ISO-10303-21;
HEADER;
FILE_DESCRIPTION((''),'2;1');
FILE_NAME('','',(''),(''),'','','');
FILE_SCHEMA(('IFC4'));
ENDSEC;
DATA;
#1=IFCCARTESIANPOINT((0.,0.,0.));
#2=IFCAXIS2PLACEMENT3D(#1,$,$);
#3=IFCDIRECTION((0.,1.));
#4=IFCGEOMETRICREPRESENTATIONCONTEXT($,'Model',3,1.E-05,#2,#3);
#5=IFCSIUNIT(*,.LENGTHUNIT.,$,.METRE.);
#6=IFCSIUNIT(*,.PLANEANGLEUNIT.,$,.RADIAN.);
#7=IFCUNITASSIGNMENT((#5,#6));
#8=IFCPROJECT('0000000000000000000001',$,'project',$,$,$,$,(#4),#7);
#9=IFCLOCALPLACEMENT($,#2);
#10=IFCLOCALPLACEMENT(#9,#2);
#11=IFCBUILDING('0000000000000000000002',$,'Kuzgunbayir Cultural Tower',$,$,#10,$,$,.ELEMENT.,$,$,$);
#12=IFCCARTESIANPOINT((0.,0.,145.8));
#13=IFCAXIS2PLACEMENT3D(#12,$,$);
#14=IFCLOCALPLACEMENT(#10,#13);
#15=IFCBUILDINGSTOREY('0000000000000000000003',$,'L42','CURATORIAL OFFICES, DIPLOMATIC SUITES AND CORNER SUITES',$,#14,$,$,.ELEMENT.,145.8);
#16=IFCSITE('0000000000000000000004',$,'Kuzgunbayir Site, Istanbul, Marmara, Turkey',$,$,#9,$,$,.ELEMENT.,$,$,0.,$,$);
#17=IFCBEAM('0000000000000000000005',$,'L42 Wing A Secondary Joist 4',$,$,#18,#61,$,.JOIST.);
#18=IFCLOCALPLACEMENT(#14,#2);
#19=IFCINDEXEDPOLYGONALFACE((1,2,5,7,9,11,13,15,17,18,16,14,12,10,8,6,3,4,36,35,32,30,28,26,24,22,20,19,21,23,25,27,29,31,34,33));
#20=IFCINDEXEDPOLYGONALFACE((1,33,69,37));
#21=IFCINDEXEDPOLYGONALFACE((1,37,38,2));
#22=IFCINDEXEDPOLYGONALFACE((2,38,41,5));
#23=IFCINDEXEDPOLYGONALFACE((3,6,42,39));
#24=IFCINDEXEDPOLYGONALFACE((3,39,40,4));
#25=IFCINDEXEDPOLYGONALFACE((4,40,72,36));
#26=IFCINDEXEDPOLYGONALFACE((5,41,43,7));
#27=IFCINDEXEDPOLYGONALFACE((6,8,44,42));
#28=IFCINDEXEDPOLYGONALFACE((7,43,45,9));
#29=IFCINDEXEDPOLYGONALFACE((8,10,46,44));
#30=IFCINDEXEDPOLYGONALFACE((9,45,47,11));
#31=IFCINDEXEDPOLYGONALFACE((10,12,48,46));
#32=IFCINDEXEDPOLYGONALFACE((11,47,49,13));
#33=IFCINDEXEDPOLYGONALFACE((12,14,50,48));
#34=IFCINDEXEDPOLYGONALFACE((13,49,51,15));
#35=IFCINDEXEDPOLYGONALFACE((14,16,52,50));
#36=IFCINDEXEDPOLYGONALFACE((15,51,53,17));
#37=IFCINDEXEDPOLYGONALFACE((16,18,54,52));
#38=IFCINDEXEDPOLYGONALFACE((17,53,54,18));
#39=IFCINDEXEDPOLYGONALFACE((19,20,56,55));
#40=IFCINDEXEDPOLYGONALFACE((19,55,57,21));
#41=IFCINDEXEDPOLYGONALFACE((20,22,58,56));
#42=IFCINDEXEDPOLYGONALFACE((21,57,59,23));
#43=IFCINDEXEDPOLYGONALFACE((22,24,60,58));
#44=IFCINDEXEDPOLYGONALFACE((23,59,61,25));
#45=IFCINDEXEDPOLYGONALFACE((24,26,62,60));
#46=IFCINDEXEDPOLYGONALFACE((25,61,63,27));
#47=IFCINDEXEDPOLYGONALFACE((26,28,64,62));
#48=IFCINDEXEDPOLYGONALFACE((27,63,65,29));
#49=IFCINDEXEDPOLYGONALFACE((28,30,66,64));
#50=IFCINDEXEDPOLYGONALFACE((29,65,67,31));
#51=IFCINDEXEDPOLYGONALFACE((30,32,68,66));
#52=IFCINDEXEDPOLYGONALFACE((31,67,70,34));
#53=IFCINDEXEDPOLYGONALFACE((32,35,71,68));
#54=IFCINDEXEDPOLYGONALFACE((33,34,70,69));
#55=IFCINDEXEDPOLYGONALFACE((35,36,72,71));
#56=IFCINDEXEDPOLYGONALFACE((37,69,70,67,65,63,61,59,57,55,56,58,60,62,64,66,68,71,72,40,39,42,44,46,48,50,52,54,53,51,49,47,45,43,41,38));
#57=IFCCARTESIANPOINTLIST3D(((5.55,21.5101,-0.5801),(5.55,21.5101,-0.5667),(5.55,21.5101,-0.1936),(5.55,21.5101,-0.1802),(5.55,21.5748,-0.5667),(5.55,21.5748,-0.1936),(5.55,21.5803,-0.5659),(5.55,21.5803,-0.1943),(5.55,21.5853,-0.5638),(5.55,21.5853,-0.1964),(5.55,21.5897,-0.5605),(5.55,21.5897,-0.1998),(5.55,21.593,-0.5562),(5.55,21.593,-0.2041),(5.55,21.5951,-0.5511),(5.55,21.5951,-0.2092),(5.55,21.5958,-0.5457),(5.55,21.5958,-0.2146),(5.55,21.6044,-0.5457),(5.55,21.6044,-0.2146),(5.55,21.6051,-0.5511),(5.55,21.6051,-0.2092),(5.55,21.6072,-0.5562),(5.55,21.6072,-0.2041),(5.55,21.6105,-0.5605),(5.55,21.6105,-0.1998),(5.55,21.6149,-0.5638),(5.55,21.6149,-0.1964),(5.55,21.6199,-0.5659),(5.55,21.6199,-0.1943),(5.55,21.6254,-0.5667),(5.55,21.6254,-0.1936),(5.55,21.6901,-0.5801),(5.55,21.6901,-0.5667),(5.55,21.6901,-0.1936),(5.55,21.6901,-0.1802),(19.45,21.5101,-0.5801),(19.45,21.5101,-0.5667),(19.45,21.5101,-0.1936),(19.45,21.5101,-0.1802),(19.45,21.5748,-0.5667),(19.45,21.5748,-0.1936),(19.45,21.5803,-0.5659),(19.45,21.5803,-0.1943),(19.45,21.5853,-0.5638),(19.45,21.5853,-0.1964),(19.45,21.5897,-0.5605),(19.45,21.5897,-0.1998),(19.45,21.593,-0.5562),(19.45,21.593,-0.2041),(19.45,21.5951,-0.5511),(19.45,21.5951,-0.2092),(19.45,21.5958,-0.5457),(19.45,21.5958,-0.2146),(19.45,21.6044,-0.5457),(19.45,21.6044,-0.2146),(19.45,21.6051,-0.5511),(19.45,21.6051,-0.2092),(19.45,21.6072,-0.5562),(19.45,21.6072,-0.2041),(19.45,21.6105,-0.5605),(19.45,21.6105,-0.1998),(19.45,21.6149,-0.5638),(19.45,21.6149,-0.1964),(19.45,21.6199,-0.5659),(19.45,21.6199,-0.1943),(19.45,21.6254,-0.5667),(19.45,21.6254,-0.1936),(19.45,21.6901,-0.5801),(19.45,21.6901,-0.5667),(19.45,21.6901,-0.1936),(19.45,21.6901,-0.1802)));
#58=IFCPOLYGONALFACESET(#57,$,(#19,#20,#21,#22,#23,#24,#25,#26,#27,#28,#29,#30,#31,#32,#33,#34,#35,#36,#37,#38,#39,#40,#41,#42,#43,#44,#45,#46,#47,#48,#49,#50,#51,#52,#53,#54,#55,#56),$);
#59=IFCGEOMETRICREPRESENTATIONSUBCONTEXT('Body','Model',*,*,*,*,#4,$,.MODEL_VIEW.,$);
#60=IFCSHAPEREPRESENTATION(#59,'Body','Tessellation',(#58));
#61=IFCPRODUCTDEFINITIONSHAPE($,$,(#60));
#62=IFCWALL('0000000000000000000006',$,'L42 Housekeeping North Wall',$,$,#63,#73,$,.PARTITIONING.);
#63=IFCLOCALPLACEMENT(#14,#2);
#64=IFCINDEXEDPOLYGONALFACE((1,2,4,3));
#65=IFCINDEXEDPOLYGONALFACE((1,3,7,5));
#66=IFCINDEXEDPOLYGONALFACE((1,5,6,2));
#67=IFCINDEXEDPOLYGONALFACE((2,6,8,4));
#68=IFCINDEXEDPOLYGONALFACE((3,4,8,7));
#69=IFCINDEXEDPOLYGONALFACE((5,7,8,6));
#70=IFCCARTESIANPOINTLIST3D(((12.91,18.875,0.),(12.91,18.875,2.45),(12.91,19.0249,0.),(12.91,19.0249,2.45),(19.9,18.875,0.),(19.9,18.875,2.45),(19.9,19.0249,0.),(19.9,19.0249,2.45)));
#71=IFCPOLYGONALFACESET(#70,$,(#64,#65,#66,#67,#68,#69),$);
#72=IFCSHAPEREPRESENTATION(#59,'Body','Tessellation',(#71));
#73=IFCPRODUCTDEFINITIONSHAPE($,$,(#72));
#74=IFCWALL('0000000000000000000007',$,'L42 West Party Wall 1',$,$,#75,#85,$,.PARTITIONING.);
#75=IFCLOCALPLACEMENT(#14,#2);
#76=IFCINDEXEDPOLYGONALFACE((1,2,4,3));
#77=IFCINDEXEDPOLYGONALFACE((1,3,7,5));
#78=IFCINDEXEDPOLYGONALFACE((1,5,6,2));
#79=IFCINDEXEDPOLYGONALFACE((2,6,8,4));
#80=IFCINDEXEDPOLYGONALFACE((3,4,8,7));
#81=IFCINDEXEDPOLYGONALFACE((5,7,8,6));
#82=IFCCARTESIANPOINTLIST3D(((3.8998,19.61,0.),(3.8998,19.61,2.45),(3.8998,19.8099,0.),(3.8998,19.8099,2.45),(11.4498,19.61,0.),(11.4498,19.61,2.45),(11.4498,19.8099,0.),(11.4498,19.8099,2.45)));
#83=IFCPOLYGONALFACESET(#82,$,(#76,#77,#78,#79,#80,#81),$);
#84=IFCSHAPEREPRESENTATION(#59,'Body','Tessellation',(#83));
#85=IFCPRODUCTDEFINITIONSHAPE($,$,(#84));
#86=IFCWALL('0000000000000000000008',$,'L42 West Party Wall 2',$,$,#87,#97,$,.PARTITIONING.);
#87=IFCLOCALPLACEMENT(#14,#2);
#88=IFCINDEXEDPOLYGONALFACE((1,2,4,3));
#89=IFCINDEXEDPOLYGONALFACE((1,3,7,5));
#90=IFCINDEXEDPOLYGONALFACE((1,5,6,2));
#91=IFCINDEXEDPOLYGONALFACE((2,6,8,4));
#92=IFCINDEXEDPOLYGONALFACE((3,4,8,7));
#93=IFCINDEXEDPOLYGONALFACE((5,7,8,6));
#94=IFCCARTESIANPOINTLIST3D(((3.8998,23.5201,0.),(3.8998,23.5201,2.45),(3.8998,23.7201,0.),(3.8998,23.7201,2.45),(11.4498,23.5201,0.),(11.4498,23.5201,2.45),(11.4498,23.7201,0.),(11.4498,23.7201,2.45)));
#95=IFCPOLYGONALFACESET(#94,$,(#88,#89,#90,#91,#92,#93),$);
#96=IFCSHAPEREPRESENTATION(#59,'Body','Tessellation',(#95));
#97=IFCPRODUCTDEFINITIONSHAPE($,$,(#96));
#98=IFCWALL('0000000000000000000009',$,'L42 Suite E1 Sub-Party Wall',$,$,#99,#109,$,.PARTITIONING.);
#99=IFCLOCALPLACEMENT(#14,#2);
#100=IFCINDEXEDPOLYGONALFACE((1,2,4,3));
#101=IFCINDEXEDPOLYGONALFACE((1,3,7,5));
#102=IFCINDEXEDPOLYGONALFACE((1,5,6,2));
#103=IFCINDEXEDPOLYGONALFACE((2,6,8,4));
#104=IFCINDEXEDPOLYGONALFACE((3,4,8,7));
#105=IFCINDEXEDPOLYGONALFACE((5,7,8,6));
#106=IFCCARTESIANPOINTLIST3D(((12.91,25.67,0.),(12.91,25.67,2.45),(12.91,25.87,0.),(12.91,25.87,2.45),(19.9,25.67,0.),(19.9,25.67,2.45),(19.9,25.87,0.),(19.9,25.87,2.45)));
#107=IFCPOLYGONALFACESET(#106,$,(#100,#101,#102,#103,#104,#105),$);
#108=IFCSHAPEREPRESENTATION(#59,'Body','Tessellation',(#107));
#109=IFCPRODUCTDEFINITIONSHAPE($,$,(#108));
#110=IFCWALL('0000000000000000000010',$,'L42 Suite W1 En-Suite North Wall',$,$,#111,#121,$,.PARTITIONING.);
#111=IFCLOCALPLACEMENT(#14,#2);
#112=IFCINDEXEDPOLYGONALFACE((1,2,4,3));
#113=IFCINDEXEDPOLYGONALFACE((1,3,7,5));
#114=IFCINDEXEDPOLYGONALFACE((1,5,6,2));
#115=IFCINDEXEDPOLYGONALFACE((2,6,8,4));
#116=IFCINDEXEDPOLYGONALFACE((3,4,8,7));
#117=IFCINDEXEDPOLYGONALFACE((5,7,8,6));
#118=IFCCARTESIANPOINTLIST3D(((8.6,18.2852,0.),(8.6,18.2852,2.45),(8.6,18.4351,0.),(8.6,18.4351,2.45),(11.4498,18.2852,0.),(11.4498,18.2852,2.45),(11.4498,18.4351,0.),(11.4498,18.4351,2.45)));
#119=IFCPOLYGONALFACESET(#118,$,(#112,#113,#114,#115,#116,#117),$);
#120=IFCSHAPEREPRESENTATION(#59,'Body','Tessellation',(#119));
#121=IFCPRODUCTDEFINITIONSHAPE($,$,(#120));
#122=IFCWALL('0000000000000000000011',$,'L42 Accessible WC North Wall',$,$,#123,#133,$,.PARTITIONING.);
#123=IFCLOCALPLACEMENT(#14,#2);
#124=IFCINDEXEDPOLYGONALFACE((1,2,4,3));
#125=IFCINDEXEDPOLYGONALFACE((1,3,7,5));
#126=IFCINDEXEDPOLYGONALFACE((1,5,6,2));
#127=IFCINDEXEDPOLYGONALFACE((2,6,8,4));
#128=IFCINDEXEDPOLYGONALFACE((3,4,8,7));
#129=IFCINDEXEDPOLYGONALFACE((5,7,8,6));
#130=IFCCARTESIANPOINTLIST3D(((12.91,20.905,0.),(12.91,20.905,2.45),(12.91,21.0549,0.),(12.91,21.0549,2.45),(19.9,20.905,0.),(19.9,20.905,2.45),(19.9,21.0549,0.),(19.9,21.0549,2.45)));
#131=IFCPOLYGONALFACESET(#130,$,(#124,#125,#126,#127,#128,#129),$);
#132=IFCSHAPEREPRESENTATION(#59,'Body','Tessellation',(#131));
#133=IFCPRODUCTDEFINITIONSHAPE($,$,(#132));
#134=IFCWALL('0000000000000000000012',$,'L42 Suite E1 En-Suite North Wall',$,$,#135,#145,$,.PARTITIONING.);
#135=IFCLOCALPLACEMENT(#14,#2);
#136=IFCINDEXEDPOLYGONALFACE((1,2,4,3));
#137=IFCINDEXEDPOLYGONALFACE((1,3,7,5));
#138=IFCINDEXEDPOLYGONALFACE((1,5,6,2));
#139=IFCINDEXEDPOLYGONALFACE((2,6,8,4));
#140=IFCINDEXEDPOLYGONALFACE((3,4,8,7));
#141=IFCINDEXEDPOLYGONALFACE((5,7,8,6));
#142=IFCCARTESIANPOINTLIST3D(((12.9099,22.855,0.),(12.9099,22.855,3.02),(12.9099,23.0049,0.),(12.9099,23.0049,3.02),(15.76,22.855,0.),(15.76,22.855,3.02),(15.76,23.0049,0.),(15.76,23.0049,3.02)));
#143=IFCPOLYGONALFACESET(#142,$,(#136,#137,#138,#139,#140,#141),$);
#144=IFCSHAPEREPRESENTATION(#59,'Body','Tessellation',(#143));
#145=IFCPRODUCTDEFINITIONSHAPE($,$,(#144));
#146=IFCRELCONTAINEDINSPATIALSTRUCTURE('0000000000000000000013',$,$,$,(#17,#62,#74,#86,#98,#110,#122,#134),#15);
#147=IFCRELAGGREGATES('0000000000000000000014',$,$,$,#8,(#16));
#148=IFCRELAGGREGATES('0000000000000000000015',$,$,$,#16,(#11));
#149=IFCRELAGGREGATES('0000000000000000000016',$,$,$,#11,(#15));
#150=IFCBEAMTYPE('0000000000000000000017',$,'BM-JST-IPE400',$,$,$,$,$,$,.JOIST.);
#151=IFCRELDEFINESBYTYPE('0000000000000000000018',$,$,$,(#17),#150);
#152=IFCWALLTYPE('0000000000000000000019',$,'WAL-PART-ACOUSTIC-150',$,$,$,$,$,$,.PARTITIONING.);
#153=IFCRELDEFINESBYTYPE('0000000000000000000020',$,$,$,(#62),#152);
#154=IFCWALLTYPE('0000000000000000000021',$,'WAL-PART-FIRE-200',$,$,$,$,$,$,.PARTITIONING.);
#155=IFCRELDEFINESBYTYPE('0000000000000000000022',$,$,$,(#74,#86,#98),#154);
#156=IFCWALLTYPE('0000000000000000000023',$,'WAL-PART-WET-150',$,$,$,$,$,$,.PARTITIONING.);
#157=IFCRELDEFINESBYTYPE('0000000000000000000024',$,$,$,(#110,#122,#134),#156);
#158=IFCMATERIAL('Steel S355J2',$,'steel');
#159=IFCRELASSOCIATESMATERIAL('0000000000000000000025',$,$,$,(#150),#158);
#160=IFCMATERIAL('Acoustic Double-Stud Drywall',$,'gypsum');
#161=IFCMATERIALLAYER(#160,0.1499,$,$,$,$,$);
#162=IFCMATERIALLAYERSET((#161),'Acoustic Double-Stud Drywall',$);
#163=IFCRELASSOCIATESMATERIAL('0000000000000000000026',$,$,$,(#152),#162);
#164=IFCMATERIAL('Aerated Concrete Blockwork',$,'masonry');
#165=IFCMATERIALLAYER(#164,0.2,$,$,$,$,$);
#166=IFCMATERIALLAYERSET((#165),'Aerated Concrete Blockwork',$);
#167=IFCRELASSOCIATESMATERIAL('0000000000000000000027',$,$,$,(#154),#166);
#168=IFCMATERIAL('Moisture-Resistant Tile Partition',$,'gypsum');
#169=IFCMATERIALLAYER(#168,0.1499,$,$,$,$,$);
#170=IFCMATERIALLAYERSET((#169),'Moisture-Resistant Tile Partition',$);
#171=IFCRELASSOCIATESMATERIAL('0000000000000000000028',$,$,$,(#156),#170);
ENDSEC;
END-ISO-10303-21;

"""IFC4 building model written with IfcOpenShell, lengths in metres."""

from ifc_helpers import new_model, si_unit, direction, frame, frame_2d, origin, origin_2d, place, context, subcontext, project, spatial, rectangle, i_section, extrude, material, layer, layer_set, material_profile, profile_set, type_object, element, save


model = new_model("IFC4")

# Units and contexts
model_context = context("Model", 3, precision=1e-05, world=origin(), true_north=direction((0.0, 1.0)))
body_context = subcontext(model_context, "Body", "Model", "MODEL_VIEW")
ifc_project = project(units=[si_unit("LENGTHUNIT", "METRE"), si_unit("PLANEANGLEUNIT", "RADIAN")], contexts=[model_context])

# Site, building, storey
site_placement = place(None, origin())
site = spatial("IfcSite", under=ifc_project, at=site_placement, Name="Kuzgunbayir Site, Istanbul, Marmara, Turkey", CompositionType="ELEMENT", RefElevation=0.0)
building_placement = place(site_placement, origin())
building = spatial("IfcBuilding", under=site, at=building_placement, Name="Kuzgunbayir Cultural Tower", CompositionType="ELEMENT")
storey_placement = place(building_placement, frame((0.0, 0.0, 145.8)))
storey = spatial("IfcBuildingStorey", under=building, at=storey_placement, Name="L42", Description="CURATORIAL OFFICES, DIPLOMATIC SUITES AND CORNER SUITES", CompositionType="ELEMENT", Elevation=145.8)

# Beam
ifc_material_1 = material(Name="Steel S355J2", Category="steel")
ifc_material_profile_1 = material_profile(ifc_material_1, i_section(OverallWidth=0.1799, OverallDepth=0.3999, WebThickness=0.0085, FlangeThickness=0.0134, FilletRadius=0.021, at=origin_2d()), Name="IPE 400")
ifc_profile_set_1 = profile_set([ifc_material_profile_1], Name="Steel S355J2")
beam_type_1 = type_object("IfcBeamType", Name="BM-JST-IPE400", PredefinedType="JOIST", material=ifc_profile_set_1)
for number, where, z_axis, x_axis, name in (
    (1, (5.55, 21.6001, -0.3801), (1.0, 0.0, 0.0), (0.0, 1.0, 0.0), "L42 Wing A Secondary Joist 4"),
):
    element("IfcBeam", number, at=place(storey_placement, frame(where, z_axis=z_axis, x_axis=x_axis)), inside=storey, type_object=beam_type_1, Name=name, PredefinedType="JOIST", context=body_context, shape_type="SweptSolid", body=[
        extrude(i_section(OverallWidth=0.1799, OverallDepth=0.3999, WebThickness=0.0085, FlangeThickness=0.0134, FilletRadius=0.021, at=origin_2d()), origin(), (0.0, 0.0, 1.0), 13.8999),
    ])

# Wall
ifc_material_2 = material(Name="Acoustic Double-Stud Drywall", Category="gypsum")
ifc_layer_1 = layer(ifc_material_2, 0.1499)
ifc_layer_set_1 = layer_set([ifc_layer_1], Name="Acoustic Double-Stud Drywall")
wall_type_1 = type_object("IfcWallType", Name="WAL-PART-ACOUSTIC-150", PredefinedType="PARTITIONING", material=ifc_layer_set_1)
wall_1_placement = place(storey_placement, frame((12.9099, 18.95, 0.0), z_axis=(0.0, 0.0, 1.0), x_axis=(1.0, 0.0, 0.0)))
element("IfcWall", 2, at=wall_1_placement, inside=storey, type_object=wall_type_1, Name="L42 Housekeeping North Wall", PredefinedType="PARTITIONING", context=body_context, shape_type="SweptSolid", body=[
    extrude(rectangle(XDim=6.99, YDim=0.1499, at=frame_2d((3.4951, 0.0))), origin(), (0.0, 0.0, 1.0), 2.45),
])

# Shared definitions
ifc_material_3 = material(Name="Aerated Concrete Blockwork", Category="masonry")
ifc_layer_2 = layer(ifc_material_3, 0.2)
ifc_layer_set_2 = layer_set([ifc_layer_2], Name="Aerated Concrete Blockwork")
wall_type_2 = type_object("IfcWallType", Name="WAL-PART-FIRE-200", PredefinedType="PARTITIONING", material=ifc_layer_set_2)

# Walls
for number, where, z_axis, x_axis, name in (
    (3, (3.8999, 19.71, 0.0), (0.0, 0.0, 1.0), (1.0, 0.0, 0.0), "L42 West Party Wall 1"),
    (4, (3.8999, 23.6201, 0.0), (0.0, 0.0, 1.0), (1.0, 0.0, 0.0), "L42 West Party Wall 2"),
):
    element("IfcWall", number, at=place(storey_placement, frame(where, z_axis=z_axis, x_axis=x_axis)), inside=storey, type_object=wall_type_2, Name=name, PredefinedType="PARTITIONING", context=body_context, shape_type="SweptSolid", body=[
        extrude(rectangle(XDim=7.55, YDim=0.2, at=frame_2d((3.7749, 0.0))), origin(), (0.0, 0.0, 1.0), 2.45),
    ])
wall_2_placement = place(storey_placement, frame((12.9099, 25.77, 0.0), z_axis=(0.0, 0.0, 1.0), x_axis=(1.0, 0.0, 0.0)))
element("IfcWall", 5, at=wall_2_placement, inside=storey, type_object=wall_type_2, Name="L42 Suite E1 Sub-Party Wall", PredefinedType="PARTITIONING", context=body_context, shape_type="SweptSolid", body=[
    extrude(rectangle(XDim=6.99, YDim=0.2, at=frame_2d((3.4951, 0.0))), origin(), (0.0, 0.0, 1.0), 2.45),
])
ifc_material_4 = material(Name="Moisture-Resistant Tile Partition", Category="gypsum")
ifc_layer_3 = layer(ifc_material_4, 0.1499)
ifc_layer_set_3 = layer_set([ifc_layer_3], Name="Moisture-Resistant Tile Partition")
wall_type_3 = type_object("IfcWallType", Name="WAL-PART-WET-150", PredefinedType="PARTITIONING", material=ifc_layer_set_3)
wall_3_placement = place(storey_placement, frame((8.6001, 18.3601, 0.0), z_axis=(0.0, 0.0, 1.0), x_axis=(1.0, 0.0, 0.0)))
element("IfcWall", 6, at=wall_3_placement, inside=storey, type_object=wall_type_3, Name="L42 Suite W1 En-Suite North Wall", PredefinedType="PARTITIONING", context=body_context, shape_type="SweptSolid", body=[
    extrude(rectangle(XDim=2.8499, YDim=0.1499, at=frame_2d((1.4248, 0.0))), origin(), (0.0, 0.0, 1.0), 2.45),
])
wall_4_placement = place(storey_placement, frame((12.9099, 20.98, 0.0), z_axis=(0.0, 0.0, 1.0), x_axis=(1.0, 0.0, 0.0)))
element("IfcWall", 7, at=wall_4_placement, inside=storey, type_object=wall_type_3, Name="L42 Accessible WC North Wall", PredefinedType="PARTITIONING", context=body_context, shape_type="SweptSolid", body=[
    extrude(rectangle(XDim=6.99, YDim=0.1499, at=frame_2d((3.4951, 0.0))), origin(), (0.0, 0.0, 1.0), 2.45),
])
wall_5_placement = place(storey_placement, frame((12.9099, 22.9299, 0.0), z_axis=(0.0, 0.0, 1.0), x_axis=(1.0, 0.0, 0.0)))
element("IfcWall", 8, at=wall_5_placement, inside=storey, type_object=wall_type_3, Name="L42 Suite E1 En-Suite North Wall", PredefinedType="PARTITIONING", context=body_context, shape_type="SweptSolid", body=[
    extrude(rectangle(XDim=2.8501, YDim=0.1499, at=frame_2d((1.425, 0.0))), origin(), (0.0, 0.0, 1.0), 3.02),
])

save(model, "model.ifc")
